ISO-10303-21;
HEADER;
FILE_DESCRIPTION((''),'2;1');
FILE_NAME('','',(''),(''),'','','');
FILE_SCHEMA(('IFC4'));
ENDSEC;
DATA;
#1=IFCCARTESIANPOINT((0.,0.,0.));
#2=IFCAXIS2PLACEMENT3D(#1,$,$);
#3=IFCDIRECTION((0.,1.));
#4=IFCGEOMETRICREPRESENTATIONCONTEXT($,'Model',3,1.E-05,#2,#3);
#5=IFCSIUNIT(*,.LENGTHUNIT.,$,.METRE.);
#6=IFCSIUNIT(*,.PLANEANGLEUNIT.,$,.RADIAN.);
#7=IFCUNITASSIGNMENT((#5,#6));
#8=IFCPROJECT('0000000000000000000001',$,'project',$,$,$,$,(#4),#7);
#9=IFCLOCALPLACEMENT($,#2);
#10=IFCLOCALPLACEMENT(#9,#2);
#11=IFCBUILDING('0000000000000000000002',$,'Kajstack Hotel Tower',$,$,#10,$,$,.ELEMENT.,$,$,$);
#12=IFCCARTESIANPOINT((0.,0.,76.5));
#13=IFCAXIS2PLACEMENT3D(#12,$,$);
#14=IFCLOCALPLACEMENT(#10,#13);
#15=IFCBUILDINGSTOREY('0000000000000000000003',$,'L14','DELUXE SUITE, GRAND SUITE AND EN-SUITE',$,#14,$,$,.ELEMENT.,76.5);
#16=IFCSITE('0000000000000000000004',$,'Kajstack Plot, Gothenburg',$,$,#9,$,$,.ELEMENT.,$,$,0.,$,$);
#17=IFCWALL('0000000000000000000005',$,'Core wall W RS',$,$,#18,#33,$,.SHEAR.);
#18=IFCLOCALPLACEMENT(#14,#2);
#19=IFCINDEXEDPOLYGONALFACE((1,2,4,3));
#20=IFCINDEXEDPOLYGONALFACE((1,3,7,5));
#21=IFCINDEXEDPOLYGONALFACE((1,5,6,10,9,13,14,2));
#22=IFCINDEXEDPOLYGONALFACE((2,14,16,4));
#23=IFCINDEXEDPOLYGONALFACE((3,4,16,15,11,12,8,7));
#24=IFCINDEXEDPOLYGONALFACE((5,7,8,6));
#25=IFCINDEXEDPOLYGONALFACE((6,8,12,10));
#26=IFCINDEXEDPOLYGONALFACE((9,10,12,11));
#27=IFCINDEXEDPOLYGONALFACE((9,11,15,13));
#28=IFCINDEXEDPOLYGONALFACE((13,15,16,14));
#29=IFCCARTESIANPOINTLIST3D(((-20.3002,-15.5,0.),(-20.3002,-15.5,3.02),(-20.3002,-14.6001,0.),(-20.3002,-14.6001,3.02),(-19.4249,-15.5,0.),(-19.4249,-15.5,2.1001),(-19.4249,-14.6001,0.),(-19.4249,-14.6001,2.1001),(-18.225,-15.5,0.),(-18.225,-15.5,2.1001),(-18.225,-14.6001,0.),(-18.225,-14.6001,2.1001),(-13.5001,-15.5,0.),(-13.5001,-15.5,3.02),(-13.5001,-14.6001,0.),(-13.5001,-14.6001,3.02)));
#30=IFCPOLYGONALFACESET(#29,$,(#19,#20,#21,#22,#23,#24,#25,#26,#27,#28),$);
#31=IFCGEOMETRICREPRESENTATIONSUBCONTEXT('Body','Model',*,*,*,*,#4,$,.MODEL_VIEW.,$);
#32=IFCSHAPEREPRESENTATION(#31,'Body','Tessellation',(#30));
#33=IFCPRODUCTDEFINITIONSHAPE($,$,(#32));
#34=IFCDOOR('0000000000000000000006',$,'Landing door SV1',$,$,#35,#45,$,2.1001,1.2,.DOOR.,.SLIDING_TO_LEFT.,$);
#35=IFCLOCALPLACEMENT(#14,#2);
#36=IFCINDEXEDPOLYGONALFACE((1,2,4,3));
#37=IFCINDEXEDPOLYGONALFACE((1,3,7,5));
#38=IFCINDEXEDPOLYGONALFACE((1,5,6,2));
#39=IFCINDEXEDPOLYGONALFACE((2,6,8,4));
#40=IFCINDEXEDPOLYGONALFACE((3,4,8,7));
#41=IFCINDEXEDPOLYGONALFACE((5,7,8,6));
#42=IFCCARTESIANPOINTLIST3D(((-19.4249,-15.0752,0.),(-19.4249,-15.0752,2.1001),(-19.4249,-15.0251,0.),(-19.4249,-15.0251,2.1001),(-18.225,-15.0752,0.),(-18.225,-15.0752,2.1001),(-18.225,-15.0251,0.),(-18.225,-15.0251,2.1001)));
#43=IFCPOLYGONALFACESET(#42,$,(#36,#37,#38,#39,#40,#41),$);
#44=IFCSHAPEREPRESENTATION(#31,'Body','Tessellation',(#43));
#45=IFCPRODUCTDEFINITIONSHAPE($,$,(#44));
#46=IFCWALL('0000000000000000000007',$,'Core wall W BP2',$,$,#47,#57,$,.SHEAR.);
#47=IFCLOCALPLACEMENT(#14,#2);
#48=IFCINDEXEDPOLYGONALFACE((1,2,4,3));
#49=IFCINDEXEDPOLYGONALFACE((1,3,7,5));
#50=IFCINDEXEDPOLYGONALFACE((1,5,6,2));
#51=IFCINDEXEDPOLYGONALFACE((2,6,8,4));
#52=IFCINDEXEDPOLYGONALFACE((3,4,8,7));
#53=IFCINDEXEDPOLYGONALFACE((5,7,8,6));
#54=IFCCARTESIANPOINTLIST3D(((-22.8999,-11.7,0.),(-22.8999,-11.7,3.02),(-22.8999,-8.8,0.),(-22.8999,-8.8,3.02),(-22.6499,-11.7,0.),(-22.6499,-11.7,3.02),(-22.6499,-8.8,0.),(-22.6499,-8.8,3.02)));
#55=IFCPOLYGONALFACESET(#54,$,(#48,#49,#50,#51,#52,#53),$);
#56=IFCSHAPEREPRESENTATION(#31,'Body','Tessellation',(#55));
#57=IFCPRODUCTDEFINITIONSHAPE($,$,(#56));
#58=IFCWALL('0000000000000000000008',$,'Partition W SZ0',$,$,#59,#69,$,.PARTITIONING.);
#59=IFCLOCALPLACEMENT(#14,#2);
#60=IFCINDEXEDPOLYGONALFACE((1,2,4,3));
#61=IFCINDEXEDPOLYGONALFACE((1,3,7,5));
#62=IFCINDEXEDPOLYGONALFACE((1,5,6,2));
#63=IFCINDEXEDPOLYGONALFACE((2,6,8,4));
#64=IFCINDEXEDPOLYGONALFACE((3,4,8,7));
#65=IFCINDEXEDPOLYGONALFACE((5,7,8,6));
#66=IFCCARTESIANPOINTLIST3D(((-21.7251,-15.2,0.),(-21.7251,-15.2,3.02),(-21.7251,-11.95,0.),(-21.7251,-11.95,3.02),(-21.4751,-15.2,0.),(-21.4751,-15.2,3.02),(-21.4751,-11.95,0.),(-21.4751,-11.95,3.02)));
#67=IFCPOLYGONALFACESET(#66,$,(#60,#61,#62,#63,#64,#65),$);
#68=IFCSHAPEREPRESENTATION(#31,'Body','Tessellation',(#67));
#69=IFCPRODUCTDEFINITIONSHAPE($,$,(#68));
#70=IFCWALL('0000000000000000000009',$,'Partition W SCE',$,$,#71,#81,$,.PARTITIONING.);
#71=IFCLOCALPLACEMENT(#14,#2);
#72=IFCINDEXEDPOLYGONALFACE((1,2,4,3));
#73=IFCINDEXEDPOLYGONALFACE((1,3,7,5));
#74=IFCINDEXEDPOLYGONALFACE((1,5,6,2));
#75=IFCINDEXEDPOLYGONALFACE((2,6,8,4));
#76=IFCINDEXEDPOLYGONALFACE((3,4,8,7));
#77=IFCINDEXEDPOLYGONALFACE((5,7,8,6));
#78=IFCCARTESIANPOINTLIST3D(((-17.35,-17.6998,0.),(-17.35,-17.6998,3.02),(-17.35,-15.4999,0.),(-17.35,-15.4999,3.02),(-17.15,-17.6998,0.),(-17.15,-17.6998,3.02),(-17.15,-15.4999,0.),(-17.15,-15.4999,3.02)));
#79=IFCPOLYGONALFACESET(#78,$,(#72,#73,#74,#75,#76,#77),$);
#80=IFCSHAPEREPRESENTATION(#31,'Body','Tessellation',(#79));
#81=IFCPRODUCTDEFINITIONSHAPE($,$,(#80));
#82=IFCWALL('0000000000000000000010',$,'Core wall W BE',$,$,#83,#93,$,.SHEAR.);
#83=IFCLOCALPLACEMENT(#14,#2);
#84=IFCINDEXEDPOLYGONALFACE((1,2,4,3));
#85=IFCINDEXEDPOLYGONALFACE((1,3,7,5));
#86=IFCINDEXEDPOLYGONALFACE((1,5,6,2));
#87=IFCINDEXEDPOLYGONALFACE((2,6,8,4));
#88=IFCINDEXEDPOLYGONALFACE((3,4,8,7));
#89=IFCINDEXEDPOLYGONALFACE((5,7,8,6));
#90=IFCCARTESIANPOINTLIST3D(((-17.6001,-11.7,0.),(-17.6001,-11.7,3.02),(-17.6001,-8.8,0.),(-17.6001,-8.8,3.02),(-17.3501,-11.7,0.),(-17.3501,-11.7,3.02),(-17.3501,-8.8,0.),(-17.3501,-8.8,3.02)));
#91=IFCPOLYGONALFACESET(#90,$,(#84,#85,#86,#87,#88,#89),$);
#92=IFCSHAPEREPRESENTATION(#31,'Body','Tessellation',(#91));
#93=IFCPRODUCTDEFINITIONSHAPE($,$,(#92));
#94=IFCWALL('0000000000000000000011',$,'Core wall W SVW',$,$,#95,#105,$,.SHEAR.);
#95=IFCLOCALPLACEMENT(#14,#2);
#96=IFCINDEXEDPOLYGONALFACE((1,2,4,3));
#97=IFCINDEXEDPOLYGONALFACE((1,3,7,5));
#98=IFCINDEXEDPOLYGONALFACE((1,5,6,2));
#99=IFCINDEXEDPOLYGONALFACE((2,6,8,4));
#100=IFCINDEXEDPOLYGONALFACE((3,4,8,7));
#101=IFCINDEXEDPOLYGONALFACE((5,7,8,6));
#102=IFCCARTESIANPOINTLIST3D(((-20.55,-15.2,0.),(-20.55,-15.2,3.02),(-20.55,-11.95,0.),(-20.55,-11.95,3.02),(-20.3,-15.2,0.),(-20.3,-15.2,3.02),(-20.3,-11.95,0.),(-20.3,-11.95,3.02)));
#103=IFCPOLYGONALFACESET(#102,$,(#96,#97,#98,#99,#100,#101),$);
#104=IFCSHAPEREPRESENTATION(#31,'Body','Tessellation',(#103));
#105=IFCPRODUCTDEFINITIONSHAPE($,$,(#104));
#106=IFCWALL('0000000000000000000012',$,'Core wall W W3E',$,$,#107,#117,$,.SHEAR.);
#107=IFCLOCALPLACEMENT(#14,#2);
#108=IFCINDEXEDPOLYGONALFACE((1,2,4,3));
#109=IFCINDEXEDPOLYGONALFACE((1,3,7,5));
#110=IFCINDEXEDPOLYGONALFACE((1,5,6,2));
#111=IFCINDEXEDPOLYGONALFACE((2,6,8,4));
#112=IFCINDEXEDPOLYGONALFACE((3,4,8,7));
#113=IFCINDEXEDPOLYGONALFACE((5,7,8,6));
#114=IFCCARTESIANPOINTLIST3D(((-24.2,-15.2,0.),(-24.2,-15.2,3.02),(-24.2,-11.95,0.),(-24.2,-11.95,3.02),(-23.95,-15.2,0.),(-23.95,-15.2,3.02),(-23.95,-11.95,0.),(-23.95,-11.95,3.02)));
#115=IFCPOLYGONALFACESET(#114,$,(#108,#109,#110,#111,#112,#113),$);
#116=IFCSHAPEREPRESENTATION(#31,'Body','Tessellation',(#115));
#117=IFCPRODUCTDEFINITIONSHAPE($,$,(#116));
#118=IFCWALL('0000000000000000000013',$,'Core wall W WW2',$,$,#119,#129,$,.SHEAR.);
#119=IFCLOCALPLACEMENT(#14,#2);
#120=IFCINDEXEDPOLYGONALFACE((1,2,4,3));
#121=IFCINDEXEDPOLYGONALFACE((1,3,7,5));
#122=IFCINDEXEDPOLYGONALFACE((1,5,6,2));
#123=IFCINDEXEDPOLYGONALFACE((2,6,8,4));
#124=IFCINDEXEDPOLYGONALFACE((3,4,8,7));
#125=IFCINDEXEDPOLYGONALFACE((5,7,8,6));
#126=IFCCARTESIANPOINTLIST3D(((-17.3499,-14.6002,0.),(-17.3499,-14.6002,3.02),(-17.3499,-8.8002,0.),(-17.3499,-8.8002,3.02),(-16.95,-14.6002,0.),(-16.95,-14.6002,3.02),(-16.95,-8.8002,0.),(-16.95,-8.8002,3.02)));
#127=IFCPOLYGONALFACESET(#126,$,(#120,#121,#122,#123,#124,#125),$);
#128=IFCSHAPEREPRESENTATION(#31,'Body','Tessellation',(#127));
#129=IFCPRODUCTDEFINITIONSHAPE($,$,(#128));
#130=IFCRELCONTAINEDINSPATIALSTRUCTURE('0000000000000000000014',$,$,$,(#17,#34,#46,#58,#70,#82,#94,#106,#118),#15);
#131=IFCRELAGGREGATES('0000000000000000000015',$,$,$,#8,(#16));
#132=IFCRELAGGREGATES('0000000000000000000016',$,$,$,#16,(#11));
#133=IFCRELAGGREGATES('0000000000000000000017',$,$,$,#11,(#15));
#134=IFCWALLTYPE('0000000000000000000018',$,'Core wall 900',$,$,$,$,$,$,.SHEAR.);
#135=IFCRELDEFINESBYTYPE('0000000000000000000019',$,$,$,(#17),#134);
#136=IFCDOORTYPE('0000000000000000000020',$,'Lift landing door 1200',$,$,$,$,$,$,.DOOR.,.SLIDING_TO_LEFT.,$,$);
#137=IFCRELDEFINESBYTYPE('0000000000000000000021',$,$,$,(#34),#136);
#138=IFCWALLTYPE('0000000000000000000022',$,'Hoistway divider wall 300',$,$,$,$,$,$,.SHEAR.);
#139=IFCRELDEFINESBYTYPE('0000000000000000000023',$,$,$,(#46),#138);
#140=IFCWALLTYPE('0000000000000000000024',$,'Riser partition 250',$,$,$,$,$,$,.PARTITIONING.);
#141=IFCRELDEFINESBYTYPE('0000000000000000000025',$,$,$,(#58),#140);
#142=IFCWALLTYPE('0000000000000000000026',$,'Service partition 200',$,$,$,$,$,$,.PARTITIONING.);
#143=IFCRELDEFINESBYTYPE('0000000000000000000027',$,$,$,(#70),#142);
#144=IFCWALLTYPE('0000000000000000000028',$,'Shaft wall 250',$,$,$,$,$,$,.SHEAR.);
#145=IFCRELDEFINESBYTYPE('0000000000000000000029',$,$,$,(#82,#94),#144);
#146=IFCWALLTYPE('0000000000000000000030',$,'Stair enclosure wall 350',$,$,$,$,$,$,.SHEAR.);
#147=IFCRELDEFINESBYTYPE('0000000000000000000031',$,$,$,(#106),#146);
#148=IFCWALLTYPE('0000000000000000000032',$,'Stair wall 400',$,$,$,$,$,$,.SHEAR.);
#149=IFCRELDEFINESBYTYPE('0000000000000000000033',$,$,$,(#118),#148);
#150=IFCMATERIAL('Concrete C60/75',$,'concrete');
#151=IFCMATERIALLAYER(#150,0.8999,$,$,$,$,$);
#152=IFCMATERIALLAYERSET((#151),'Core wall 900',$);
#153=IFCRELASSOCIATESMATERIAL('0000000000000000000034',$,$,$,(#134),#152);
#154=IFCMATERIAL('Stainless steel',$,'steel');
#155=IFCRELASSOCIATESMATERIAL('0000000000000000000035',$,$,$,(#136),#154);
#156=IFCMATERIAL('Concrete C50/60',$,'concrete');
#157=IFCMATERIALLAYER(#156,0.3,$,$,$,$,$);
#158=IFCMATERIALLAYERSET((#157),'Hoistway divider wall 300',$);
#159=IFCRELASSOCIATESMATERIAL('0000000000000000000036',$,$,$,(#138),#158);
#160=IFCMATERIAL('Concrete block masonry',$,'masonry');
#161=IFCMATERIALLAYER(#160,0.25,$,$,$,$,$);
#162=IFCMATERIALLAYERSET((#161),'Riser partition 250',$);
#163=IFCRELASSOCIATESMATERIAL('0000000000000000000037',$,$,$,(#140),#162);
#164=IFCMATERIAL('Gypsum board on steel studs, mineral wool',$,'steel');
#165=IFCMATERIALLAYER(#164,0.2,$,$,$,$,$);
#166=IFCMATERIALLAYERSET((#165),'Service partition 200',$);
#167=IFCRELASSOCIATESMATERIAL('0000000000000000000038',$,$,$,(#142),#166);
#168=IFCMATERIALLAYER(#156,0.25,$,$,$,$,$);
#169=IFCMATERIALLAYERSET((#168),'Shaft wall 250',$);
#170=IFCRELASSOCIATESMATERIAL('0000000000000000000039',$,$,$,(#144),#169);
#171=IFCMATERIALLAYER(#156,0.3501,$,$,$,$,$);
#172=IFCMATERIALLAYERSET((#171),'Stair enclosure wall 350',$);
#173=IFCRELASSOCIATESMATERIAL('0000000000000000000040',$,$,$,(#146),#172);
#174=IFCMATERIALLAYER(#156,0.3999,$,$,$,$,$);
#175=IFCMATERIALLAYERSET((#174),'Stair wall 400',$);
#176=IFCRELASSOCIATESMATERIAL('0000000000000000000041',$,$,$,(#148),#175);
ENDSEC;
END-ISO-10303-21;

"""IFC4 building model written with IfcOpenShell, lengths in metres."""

from ifc_helpers import new_model, si_unit, direction, frame, frame_2d, origin, place, context, subcontext, project, spatial, rectangle, extrude, material, layer, layer_set, type_object, element, fill, save


model = new_model("IFC4")

# Units and contexts
model_context = context("Model", 3, precision=1e-05, world=origin(), true_north=direction((0.0, 1.0)))
body_context = subcontext(model_context, "Body", "Model", "MODEL_VIEW")
ifc_project = project(units=[si_unit("LENGTHUNIT", "METRE"), si_unit("PLANEANGLEUNIT", "RADIAN")], contexts=[model_context])

# Site, building, storey
site_placement = place(None, origin())
site = spatial("IfcSite", under=ifc_project, at=site_placement, Name="Kajstack Plot, Gothenburg", CompositionType="ELEMENT", RefElevation=0.0)
building_placement = place(site_placement, origin())
building = spatial("IfcBuilding", under=site, at=building_placement, Name="Kajstack Hotel Tower", CompositionType="ELEMENT")
storey_placement = place(building_placement, frame((0.0, 0.0, 76.5)))
storey = spatial("IfcBuildingStorey", under=building, at=storey_placement, Name="L14", Description="DELUXE SUITE, GRAND SUITE AND EN-SUITE", CompositionType="ELEMENT", Elevation=76.5)

# Wall, opening, door
ifc_material_1 = material(Name="Concrete C60/75", Category="concrete")
ifc_layer_1 = layer(ifc_material_1, 0.8999)
ifc_layer_set_1 = layer_set([ifc_layer_1], Name="Core wall 900")
wall_type_1 = type_object("IfcWallType", Name="Core wall 900", PredefinedType="SHEAR", material=ifc_layer_set_1)
wall_1_placement = place(storey_placement, frame((-20.3, -15.05, 0.0), z_axis=(0.0, 0.0, 1.0), x_axis=(1.0, 0.0, 0.0)))
wall_1 = element("IfcWall", 1, at=wall_1_placement, inside=storey, type_object=wall_type_1, Name="Core wall W RS", PredefinedType="SHEAR", context=body_context, shape_type="SweptSolid", body=[
    extrude(rectangle(XDim=6.8, YDim=0.8999, at=frame_2d((3.3999, 0.0))), origin(), (0.0, 0.0, 1.0), 3.02),
])
opening_placement = place(wall_1_placement, frame((0.875, 0.0, 0.0)))
opening = element("IfcOpeningElement", 2, at=opening_placement, cuts=wall_1, PredefinedType="OPENING", context=body_context, shape_type="SweptSolid", body=[
    extrude(rectangle(XDim=1.2, YDim=2.1001, at=frame_2d((0.6001, 1.05))), frame((0.0, 0.46, 0.0), z_axis=(0.0, -1.0, 0.0), x_axis=(1.0, 0.0, 0.0)), (0.0, 0.0, 1.0), 0.9199),
])
ifc_material_2 = material(Name="Stainless steel", Category="steel")
door_type = type_object("IfcDoorType", Name="Lift landing door 1200", OperationType="SLIDING_TO_LEFT", PredefinedType="DOOR", material=ifc_material_2)
door_placement = place(opening_placement, origin())
door = element("IfcDoor", 3, at=door_placement, inside=storey, type_object=door_type, Name="Landing door SV1", OperationType="SLIDING_TO_LEFT", OverallHeight=2.1001, OverallWidth=1.2, PredefinedType="DOOR", context=body_context, shape_type="SweptSolid", body=[
    extrude(rectangle(XDim=1.2, YDim=2.1001, at=frame_2d((0.6001, 1.05))), frame((0.0, 0.0249, 0.0), z_axis=(0.0, -1.0, 0.0), x_axis=(1.0, 0.0, 0.0)), (0.0, 0.0, 1.0), 0.05),
])
fill(opening, door)

# Walls
ifc_material_3 = material(Name="Concrete C50/60", Category="concrete")
ifc_layer_2 = layer(ifc_material_3, 0.3)
ifc_layer_set_2 = layer_set([ifc_layer_2], Name="Hoistway divider wall 300")
wall_type_2 = type_object("IfcWallType", Name="Hoistway divider wall 300", PredefinedType="SHEAR", material=ifc_layer_set_2)
wall_2_placement = place(storey_placement, frame((-22.7749, -11.7, 0.0), z_axis=(0.0, 0.0, 1.0), x_axis=(0.0, 1.0, 0.0)))
element("IfcWall", 4, at=wall_2_placement, inside=storey, type_object=wall_type_2, Name="Core wall W BP2", PredefinedType="SHEAR", context=body_context, shape_type="SweptSolid", body=[
    extrude(rectangle(XDim=2.8999, YDim=0.25, at=frame_2d((1.45, 0.0))), origin(), (0.0, 0.0, 1.0), 3.02),
])
ifc_material_4 = material(Name="Concrete block masonry", Category="masonry")
ifc_layer_3 = layer(ifc_material_4, 0.25)
ifc_layer_set_3 = layer_set([ifc_layer_3], Name="Riser partition 250")
wall_type_3 = type_object("IfcWallType", Name="Riser partition 250", PredefinedType="PARTITIONING", material=ifc_layer_set_3)
wall_3_placement = place(storey_placement, frame((-21.6001, -15.2, 0.0), z_axis=(0.0, 0.0, 1.0), x_axis=(0.0, 1.0, 0.0)))
element("IfcWall", 5, at=wall_3_placement, inside=storey, type_object=wall_type_3, Name="Partition W SZ0", PredefinedType="PARTITIONING", context=body_context, shape_type="SweptSolid", body=[
    extrude(rectangle(XDim=3.25, YDim=0.25, at=frame_2d((1.625, 0.0))), origin(), (0.0, 0.0, 1.0), 3.02),
])
ifc_material_5 = material(Name="Gypsum board on steel studs, mineral wool", Category="steel")
ifc_layer_4 = layer(ifc_material_5, 0.2)
ifc_layer_set_4 = layer_set([ifc_layer_4], Name="Service partition 200")
wall_type_4 = type_object("IfcWallType", Name="Service partition 200", PredefinedType="PARTITIONING", material=ifc_layer_set_4)
wall_4_placement = place(storey_placement, frame((-17.25, -17.7, 0.0), z_axis=(0.0, 0.0, 1.0), x_axis=(0.0, 1.0, 0.0)))
element("IfcWall", 6, at=wall_4_placement, inside=storey, type_object=wall_type_4, Name="Partition W SCE", PredefinedType="PARTITIONING", context=body_context, shape_type="SweptSolid", body=[
    extrude(rectangle(XDim=2.2, YDim=0.2, at=frame_2d((1.1001, 0.0))), origin(), (0.0, 0.0, 1.0), 3.02),
])
ifc_layer_5 = layer(ifc_material_3, 0.25)
ifc_layer_set_5 = layer_set([ifc_layer_5], Name="Shaft wall 250")
wall_type_5 = type_object("IfcWallType", Name="Shaft wall 250", PredefinedType="SHEAR", material=ifc_layer_set_5)
wall_5_placement = place(storey_placement, frame((-17.4751, -11.7, 0.0), z_axis=(0.0, 0.0, 1.0), x_axis=(0.0, 1.0, 0.0)))
element("IfcWall", 7, at=wall_5_placement, inside=storey, type_object=wall_type_5, Name="Core wall W BE", PredefinedType="SHEAR", context=body_context, shape_type="SweptSolid", body=[
    extrude(rectangle(XDim=2.8999, YDim=0.25, at=frame_2d((1.45, 0.0))), origin(), (0.0, 0.0, 1.0), 3.02),
])
wall_6_placement = place(storey_placement, frame((-20.425, -15.2, 0.0), z_axis=(0.0, 0.0, 1.0), x_axis=(0.0, 1.0, 0.0)))
element("IfcWall", 8, at=wall_6_placement, inside=storey, type_object=wall_type_5, Name="Core wall W SVW", PredefinedType="SHEAR", context=body_context, shape_type="SweptSolid", body=[
    extrude(rectangle(XDim=3.25, YDim=0.25, at=frame_2d((1.625, 0.0))), origin(), (0.0, 0.0, 1.0), 3.02),
])
ifc_layer_6 = layer(ifc_material_3, 0.3501)
ifc_layer_set_6 = layer_set([ifc_layer_6], Name="Stair enclosure wall 350")
wall_type_6 = type_object("IfcWallType", Name="Stair enclosure wall 350", PredefinedType="SHEAR", material=ifc_layer_set_6)
wall_7_placement = place(storey_placement, frame((-24.075, -15.2, 0.0), z_axis=(0.0, 0.0, 1.0), x_axis=(0.0, 1.0, 0.0)))
element("IfcWall", 9, at=wall_7_placement, inside=storey, type_object=wall_type_6, Name="Core wall W W3E", PredefinedType="SHEAR", context=body_context, shape_type="SweptSolid", body=[
    extrude(rectangle(XDim=3.25, YDim=0.25, at=frame_2d((1.625, 0.0))), origin(), (0.0, 0.0, 1.0), 3.02),
])
ifc_layer_7 = layer(ifc_material_3, 0.3999)
ifc_layer_set_7 = layer_set([ifc_layer_7], Name="Stair wall 400")
wall_type_7 = type_object("IfcWallType", Name="Stair wall 400", PredefinedType="SHEAR", material=ifc_layer_set_7)
wall_8_placement = place(storey_placement, frame((-17.1499, -14.6001, 0.0), z_axis=(0.0, 0.0, 1.0), x_axis=(0.0, 1.0, 0.0)))
element("IfcWall", 10, at=wall_8_placement, inside=storey, type_object=wall_type_7, Name="Core wall W WW2", PredefinedType="SHEAR", context=body_context, shape_type="SweptSolid", body=[
    extrude(rectangle(XDim=5.8, YDim=0.3999, at=frame_2d((2.8999, 0.0))), origin(), (0.0, 0.0, 1.0), 3.02),
])

save(model, "model.ifc")
